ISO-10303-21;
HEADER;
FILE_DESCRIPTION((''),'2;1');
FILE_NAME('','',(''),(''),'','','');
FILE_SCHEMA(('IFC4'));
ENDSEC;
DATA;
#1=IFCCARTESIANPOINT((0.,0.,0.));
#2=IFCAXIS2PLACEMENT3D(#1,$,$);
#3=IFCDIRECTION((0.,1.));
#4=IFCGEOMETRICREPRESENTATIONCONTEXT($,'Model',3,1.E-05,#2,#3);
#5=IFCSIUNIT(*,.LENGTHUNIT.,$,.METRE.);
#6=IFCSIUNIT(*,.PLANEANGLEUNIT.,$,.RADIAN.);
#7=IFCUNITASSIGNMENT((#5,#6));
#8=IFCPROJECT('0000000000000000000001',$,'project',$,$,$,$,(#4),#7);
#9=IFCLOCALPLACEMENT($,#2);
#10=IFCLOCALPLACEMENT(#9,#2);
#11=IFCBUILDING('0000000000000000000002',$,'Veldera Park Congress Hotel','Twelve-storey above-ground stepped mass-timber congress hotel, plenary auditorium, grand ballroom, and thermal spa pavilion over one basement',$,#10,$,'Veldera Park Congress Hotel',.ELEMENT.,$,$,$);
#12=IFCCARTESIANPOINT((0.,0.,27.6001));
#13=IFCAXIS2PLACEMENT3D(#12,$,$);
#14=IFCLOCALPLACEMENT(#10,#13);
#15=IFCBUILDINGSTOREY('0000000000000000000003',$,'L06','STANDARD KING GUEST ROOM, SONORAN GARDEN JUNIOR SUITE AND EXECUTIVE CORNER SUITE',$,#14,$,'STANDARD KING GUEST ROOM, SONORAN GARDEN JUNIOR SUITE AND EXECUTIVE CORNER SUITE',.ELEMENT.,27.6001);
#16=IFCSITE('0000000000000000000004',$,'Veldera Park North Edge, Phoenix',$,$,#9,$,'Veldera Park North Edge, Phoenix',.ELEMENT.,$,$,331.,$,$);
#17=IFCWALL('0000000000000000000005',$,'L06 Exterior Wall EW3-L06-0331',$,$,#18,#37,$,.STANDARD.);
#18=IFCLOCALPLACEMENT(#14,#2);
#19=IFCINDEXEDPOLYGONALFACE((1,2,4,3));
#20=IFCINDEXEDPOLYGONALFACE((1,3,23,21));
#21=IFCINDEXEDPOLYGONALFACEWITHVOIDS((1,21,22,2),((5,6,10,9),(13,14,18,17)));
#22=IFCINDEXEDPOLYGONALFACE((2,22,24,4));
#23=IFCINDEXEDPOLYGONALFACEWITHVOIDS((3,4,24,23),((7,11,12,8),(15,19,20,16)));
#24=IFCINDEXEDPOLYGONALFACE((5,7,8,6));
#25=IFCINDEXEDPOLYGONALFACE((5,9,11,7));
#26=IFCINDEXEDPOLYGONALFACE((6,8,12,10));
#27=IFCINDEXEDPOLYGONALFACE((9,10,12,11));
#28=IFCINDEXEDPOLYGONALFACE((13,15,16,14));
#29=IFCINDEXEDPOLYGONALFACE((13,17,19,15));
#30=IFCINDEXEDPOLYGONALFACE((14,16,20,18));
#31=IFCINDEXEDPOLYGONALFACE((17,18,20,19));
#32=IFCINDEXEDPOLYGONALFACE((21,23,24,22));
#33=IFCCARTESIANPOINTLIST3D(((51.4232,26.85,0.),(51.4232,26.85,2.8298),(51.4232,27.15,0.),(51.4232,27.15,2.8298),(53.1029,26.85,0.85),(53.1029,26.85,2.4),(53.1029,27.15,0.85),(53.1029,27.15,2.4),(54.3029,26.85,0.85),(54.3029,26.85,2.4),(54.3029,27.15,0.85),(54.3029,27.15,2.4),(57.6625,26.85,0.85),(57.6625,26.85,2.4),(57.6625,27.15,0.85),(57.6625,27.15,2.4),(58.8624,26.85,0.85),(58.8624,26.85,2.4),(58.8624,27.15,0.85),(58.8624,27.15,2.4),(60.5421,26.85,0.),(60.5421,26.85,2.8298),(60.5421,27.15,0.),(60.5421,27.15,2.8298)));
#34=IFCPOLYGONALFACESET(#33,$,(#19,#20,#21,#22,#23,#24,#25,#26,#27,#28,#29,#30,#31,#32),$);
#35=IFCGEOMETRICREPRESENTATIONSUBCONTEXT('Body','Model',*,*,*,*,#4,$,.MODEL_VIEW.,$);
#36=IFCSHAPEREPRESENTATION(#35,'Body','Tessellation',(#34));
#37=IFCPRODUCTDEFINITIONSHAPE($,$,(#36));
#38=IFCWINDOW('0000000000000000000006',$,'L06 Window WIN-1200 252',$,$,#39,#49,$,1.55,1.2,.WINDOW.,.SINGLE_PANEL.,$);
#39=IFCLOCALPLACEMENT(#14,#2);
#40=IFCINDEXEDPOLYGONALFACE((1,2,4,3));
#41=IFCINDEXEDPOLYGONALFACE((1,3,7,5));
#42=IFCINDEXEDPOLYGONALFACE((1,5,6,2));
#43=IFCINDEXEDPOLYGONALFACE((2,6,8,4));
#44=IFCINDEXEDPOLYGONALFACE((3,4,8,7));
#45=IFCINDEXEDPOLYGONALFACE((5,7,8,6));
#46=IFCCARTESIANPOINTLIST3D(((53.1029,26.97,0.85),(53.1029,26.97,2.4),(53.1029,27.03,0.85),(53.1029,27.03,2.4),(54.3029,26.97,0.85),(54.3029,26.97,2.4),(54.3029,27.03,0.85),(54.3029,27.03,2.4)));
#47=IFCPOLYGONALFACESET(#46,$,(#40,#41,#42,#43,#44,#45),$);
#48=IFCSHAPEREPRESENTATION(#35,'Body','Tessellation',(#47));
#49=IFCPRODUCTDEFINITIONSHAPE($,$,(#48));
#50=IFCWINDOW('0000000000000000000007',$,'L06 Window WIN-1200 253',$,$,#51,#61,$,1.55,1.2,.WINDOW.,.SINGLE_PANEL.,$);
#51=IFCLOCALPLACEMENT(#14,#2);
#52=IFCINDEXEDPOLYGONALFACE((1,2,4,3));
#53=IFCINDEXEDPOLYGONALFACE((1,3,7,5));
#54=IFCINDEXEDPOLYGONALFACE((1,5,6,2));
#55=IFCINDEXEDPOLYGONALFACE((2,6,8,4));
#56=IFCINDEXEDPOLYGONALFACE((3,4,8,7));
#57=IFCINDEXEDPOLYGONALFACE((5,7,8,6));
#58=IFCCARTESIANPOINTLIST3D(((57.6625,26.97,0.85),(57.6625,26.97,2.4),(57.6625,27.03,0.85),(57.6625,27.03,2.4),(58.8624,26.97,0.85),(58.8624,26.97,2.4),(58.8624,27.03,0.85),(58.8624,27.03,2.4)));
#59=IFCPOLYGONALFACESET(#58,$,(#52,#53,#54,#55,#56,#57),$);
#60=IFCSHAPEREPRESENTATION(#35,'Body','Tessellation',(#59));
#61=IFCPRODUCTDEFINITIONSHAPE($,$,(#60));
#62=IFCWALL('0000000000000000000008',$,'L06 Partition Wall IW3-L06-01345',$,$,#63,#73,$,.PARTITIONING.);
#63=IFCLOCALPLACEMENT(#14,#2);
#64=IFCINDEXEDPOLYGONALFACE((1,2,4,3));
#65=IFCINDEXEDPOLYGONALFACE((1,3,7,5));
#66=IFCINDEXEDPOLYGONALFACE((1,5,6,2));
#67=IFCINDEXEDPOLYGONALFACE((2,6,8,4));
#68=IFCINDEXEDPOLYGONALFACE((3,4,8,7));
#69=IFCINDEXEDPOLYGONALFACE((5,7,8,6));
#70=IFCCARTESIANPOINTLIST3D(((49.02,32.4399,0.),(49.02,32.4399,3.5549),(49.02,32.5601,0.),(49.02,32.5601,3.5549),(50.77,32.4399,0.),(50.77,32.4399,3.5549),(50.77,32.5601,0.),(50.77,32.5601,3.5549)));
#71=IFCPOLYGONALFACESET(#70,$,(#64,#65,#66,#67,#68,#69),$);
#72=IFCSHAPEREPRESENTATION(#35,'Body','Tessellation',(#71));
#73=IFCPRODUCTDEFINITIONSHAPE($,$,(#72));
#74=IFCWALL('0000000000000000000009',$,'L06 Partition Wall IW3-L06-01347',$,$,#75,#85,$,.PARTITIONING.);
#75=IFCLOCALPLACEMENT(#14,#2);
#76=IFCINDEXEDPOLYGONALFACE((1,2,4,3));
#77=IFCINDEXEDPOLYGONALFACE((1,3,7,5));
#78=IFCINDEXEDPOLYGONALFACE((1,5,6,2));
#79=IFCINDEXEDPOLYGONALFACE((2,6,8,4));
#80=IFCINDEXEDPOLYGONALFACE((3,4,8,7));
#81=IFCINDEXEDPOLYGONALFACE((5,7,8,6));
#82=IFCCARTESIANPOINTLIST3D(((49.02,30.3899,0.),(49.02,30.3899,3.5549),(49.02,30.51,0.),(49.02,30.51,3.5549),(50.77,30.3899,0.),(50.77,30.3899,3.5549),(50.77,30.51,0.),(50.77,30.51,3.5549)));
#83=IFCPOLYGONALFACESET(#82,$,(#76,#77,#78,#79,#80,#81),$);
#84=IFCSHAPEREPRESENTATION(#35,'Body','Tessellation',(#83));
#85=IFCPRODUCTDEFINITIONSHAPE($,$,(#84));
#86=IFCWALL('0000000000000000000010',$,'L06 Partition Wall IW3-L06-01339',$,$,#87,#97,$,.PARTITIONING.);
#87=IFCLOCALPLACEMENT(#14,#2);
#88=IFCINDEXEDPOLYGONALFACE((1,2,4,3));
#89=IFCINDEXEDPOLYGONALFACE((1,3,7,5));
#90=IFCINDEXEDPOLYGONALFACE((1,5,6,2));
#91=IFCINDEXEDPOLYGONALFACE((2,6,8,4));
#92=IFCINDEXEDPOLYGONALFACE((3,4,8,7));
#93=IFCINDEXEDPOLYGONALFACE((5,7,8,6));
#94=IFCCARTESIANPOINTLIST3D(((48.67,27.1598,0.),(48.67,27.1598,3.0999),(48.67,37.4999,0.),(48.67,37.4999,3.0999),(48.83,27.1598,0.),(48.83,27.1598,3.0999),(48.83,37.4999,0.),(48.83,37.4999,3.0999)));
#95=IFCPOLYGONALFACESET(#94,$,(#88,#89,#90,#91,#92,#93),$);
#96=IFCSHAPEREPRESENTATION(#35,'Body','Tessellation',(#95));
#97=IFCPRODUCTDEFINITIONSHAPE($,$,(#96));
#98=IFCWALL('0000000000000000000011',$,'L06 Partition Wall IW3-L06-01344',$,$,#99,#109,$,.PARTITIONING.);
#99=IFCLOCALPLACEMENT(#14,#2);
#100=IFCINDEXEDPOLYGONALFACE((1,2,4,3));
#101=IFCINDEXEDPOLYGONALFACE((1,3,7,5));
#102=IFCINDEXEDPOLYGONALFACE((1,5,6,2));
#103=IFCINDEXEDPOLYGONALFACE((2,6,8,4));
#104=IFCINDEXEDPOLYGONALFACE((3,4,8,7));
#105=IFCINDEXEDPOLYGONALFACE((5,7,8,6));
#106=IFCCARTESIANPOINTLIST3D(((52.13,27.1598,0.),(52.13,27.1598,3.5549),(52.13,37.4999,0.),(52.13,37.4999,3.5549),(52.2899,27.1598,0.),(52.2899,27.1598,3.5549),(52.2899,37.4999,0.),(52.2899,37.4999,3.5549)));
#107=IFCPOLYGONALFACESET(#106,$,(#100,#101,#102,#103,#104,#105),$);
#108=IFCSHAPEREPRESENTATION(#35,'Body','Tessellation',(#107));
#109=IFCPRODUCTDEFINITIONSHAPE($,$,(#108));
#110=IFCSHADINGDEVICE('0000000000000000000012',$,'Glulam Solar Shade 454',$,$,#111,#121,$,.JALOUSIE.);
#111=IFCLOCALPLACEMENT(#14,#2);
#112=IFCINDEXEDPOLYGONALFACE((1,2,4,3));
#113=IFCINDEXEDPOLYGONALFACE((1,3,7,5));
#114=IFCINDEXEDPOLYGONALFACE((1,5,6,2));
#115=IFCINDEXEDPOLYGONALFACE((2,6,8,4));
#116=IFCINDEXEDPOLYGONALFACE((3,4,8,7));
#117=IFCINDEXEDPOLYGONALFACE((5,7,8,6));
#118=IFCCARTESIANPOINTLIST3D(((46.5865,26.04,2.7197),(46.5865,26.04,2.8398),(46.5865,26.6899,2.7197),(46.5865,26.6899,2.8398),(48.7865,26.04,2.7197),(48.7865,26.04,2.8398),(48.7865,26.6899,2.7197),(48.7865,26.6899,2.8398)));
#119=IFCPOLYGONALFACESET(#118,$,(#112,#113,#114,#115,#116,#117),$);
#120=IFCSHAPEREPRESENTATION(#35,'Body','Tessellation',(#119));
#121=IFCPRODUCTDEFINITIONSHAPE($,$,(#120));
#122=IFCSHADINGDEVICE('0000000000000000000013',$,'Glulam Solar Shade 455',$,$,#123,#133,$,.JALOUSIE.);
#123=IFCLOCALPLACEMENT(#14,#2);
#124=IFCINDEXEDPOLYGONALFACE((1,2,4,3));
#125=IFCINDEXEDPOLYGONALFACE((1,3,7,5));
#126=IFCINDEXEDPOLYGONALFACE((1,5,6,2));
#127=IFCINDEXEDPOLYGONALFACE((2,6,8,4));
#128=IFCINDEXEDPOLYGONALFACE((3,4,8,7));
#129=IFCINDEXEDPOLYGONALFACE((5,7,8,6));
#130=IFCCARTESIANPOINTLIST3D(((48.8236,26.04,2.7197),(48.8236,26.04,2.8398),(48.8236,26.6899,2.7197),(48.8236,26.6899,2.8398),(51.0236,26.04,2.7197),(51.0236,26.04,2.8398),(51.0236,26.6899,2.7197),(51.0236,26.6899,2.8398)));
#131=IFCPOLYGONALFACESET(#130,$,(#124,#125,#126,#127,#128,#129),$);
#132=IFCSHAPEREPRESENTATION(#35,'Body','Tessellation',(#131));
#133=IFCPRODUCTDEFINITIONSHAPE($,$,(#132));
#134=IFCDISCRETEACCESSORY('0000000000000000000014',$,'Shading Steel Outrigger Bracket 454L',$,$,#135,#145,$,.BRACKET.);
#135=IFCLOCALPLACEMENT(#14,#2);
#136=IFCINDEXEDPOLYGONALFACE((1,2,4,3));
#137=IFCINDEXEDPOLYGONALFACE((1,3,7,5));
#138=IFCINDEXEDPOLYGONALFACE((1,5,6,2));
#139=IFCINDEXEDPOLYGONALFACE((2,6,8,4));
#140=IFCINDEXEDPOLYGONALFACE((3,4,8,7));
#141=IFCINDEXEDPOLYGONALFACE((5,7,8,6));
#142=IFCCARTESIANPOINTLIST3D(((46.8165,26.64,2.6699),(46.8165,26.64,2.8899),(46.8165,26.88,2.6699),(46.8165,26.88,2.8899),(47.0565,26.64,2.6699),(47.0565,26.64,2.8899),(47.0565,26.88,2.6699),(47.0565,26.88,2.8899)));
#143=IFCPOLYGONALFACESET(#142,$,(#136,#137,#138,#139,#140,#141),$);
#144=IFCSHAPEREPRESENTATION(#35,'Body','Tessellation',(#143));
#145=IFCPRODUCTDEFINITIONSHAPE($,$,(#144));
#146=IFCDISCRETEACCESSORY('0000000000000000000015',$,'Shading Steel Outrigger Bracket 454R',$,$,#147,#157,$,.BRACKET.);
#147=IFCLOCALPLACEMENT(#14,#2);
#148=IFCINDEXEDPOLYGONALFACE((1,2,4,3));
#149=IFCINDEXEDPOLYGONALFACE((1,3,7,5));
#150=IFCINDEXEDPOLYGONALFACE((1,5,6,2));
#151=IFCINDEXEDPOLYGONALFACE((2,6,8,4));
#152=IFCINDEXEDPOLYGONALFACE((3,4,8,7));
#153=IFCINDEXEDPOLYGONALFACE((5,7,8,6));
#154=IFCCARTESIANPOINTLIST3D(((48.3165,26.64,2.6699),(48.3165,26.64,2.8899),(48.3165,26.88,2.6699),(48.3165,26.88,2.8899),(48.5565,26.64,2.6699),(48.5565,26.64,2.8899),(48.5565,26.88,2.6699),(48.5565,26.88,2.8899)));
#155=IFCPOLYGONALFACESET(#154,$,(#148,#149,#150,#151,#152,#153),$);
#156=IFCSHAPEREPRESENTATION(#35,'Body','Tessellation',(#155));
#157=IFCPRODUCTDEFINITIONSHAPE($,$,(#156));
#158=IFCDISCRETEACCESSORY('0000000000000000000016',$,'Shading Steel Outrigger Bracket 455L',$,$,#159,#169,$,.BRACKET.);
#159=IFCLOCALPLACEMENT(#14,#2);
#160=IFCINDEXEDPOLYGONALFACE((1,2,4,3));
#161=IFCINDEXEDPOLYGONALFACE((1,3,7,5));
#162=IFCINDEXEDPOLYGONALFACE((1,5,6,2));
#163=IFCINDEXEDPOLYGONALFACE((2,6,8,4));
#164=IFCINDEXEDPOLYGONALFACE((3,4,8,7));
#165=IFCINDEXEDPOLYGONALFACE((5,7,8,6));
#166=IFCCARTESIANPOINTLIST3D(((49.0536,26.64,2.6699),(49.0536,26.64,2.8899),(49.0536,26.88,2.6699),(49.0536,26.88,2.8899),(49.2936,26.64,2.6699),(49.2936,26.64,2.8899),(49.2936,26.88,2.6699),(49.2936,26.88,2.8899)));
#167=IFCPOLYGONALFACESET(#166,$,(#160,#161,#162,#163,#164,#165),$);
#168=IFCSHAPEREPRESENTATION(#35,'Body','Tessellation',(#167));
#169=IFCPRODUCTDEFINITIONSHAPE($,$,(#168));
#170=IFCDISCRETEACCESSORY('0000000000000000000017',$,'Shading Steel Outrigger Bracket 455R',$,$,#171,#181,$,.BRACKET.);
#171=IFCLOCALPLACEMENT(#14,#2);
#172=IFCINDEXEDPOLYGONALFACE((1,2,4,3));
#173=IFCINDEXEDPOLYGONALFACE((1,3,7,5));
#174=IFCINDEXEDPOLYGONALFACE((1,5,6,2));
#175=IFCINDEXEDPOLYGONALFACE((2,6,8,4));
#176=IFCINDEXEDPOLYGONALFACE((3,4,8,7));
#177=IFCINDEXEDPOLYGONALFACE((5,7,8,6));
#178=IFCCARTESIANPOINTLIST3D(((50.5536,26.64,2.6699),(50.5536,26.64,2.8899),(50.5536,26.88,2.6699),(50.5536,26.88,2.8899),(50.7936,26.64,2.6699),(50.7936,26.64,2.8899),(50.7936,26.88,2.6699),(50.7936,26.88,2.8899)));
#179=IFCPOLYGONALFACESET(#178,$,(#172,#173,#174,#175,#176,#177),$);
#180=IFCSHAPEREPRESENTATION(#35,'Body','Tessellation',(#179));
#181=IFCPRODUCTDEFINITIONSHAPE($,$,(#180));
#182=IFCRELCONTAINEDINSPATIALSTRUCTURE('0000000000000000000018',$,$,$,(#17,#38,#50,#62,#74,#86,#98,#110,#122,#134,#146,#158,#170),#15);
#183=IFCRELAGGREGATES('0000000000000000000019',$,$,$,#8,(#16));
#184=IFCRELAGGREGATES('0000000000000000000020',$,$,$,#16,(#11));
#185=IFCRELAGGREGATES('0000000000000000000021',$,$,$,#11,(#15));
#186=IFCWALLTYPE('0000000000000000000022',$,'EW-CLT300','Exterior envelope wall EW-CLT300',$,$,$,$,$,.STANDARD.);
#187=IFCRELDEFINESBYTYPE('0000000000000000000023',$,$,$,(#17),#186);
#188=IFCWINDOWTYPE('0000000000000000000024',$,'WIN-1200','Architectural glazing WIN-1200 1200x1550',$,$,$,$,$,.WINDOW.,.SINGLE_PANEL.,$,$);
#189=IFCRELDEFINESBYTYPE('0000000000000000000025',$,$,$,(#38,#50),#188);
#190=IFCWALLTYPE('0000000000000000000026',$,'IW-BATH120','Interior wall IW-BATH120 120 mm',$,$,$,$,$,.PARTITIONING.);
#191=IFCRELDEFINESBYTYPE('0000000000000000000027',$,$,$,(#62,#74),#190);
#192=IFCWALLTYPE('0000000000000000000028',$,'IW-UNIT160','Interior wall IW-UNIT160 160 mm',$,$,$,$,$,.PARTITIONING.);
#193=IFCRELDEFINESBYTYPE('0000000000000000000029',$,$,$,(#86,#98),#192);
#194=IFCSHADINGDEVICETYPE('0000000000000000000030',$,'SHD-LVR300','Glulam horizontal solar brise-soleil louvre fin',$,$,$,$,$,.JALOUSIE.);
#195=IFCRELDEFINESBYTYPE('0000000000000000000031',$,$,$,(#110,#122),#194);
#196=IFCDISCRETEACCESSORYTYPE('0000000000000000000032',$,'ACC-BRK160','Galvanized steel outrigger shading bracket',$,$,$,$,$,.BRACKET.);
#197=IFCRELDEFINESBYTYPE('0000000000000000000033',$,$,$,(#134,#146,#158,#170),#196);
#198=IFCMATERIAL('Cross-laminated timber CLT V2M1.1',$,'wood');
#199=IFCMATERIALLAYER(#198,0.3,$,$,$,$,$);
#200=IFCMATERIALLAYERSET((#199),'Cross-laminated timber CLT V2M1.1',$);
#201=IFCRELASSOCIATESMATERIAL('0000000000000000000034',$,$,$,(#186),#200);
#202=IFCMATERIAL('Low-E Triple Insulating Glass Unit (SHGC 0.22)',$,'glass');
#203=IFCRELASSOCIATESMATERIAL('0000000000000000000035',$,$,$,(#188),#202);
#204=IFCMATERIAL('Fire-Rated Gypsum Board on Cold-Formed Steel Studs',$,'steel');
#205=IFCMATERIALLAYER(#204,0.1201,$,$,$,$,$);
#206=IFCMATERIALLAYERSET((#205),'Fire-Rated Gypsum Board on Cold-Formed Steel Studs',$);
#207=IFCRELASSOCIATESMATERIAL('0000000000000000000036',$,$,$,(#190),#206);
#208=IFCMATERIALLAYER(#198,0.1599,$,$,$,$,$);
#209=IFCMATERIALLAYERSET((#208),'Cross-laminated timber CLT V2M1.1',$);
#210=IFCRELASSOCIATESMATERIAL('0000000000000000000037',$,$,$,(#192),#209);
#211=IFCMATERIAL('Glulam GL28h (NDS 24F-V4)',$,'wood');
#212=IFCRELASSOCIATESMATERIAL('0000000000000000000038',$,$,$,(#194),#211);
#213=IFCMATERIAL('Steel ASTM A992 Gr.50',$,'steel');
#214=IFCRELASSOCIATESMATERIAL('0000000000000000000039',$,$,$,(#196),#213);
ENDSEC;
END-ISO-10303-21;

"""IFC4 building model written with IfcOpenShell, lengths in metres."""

from ifc_helpers import new_model, si_unit, direction, frame, frame_2d, origin, origin_2d, place, context, subcontext, project, spatial, rectangle, extrude, material, layer, layer_set, type_object, element, fill, save


model = new_model("IFC4")

# Units and contexts
model_context = context("Model", 3, precision=1e-05, world=origin(), true_north=direction((0.0, 1.0)))
body_context = subcontext(model_context, "Body", "Model", "MODEL_VIEW")
ifc_project = project(units=[si_unit("LENGTHUNIT", "METRE"), si_unit("PLANEANGLEUNIT", "RADIAN")], contexts=[model_context])

# Site, building, storey
site_placement = place(None, origin())
site = spatial("IfcSite", under=ifc_project, at=site_placement, Name="Veldera Park North Edge, Phoenix", LongName="Veldera Park North Edge, Phoenix", CompositionType="ELEMENT", RefElevation=331.0)
building_placement = place(site_placement, origin())
building = spatial("IfcBuilding", under=site, at=building_placement, Name="Veldera Park Congress Hotel", Description="Twelve-storey above-ground stepped mass-timber congress hotel, plenary auditorium, grand ballroom, and thermal spa pavilion over one basement", LongName="Veldera Park Congress Hotel", CompositionType="ELEMENT")
storey_placement = place(building_placement, frame((0.0, 0.0, 27.6001)))
storey = spatial("IfcBuildingStorey", under=building, at=storey_placement, Name="L06", Description="STANDARD KING GUEST ROOM, SONORAN GARDEN JUNIOR SUITE AND EXECUTIVE CORNER SUITE", LongName="STANDARD KING GUEST ROOM, SONORAN GARDEN JUNIOR SUITE AND EXECUTIVE CORNER SUITE", CompositionType="ELEMENT", Elevation=27.6001)

# Shared definitions
ifc_material_1 = material(Name="Glulam GL28h (NDS 24F-V4)", Category="wood")

# Wall, openings, windows
ifc_material_2 = material(Name="Cross-laminated timber CLT V2M1.1", Category="wood")
ifc_layer_1 = layer(ifc_material_2, 0.3)
ifc_layer_set_1 = layer_set([ifc_layer_1], Name="Cross-laminated timber CLT V2M1.1")
wall_type_1 = type_object("IfcWallType", Name="EW-CLT300", Description="Exterior envelope wall EW-CLT300", PredefinedType="STANDARD", material=ifc_layer_set_1)
ifc_material_3 = material(Name="Low-E Triple Insulating Glass Unit (SHGC 0.22)", Category="glass")
wall_1_placement = place(storey_placement, frame((51.4231, 27.0, 0.0), z_axis=(0.0, 0.0, 1.0), x_axis=(1.0, 0.0, 0.0)))
wall_1 = element("IfcWall", 1, at=wall_1_placement, inside=storey, type_object=wall_type_1, Name="L06 Exterior Wall EW3-L06-0331", PredefinedType="STANDARD", context=body_context, shape_type="SweptSolid", body=[
    extrude(rectangle(XDim=9.1189, YDim=0.3, at=frame_2d((4.5596, 0.0))), origin(), (0.0, 0.0, 1.0), 2.8298),
])
opening_1_placement = place(wall_1_placement, frame((1.6797, 0.0, 0.8501)))
opening_1 = element("IfcOpeningElement", 2, at=opening_1_placement, cuts=wall_1, PredefinedType="OPENING", context=body_context, shape_type="SweptSolid", body=[
    extrude(rectangle(XDim=1.2, YDim=1.55, at=frame_2d((0.6001, 0.7749))), frame((0.0, 0.1621, 0.0), z_axis=(0.0, -1.0, 0.0), x_axis=(1.0, 0.0, 0.0)), (0.0, 0.0, 1.0), 0.324),
])
opening_2_placement = place(wall_1_placement, frame((6.2393, 0.0, 0.8501)))
opening_2 = element("IfcOpeningElement", 3, at=opening_2_placement, cuts=wall_1, PredefinedType="OPENING", context=body_context, shape_type="SweptSolid", body=[
    extrude(rectangle(XDim=1.2, YDim=1.55, at=frame_2d((0.6001, 0.7749))), frame((0.0, 0.1621, 0.0), z_axis=(0.0, -1.0, 0.0), x_axis=(1.0, 0.0, 0.0)), (0.0, 0.0, 1.0), 0.324),
])
window_type_1 = type_object("IfcWindowType", Name="WIN-1200", Description="Architectural glazing WIN-1200 1200x1550", PartitioningType="SINGLE_PANEL", PredefinedType="WINDOW", material=ifc_material_3)
window_1_placement = place(opening_1_placement, origin())
window_1 = element("IfcWindow", 4, at=window_1_placement, inside=storey, type_object=window_type_1, Name="L06 Window WIN-1200 252", OverallHeight=1.55, OverallWidth=1.2, PartitioningType="SINGLE_PANEL", PredefinedType="WINDOW", context=body_context, shape_type="SweptSolid", body=[
    extrude(rectangle(XDim=1.2, YDim=1.55, at=frame_2d((0.6001, 0.7749))), frame((0.0, 0.03, 0.0), z_axis=(0.0, -1.0, 0.0), x_axis=(1.0, 0.0, 0.0)), (0.0, 0.0, 1.0), 0.0601),
])
fill(opening_1, window_1)
window_2_placement = place(opening_2_placement, origin())
window_2 = element("IfcWindow", 5, at=window_2_placement, inside=storey, type_object=window_type_1, Name="L06 Window WIN-1200 253", OverallHeight=1.55, OverallWidth=1.2, PartitioningType="SINGLE_PANEL", PredefinedType="WINDOW", context=body_context, shape_type="SweptSolid", body=[
    extrude(rectangle(XDim=1.2, YDim=1.55, at=frame_2d((0.6001, 0.7749))), frame((0.0, 0.03, 0.0), z_axis=(0.0, -1.0, 0.0), x_axis=(1.0, 0.0, 0.0)), (0.0, 0.0, 1.0), 0.0601),
])
fill(opening_2, window_2)

# Shared definitions
ifc_material_4 = material(Name="Fire-Rated Gypsum Board on Cold-Formed Steel Studs", Category="steel")
ifc_layer_2 = layer(ifc_material_4, 0.1201)
ifc_layer_set_2 = layer_set([ifc_layer_2], Name="Fire-Rated Gypsum Board on Cold-Formed Steel Studs")
wall_type_2 = type_object("IfcWallType", Name="IW-BATH120", Description="Interior wall IW-BATH120 120 mm", PredefinedType="PARTITIONING", material=ifc_layer_set_2)

# Wall
wall_2_placement = place(storey_placement, frame((49.02, 32.5, 0.0), z_axis=(0.0, 0.0, 1.0), x_axis=(1.0, 0.0, 0.0)))
element("IfcWall", 6, at=wall_2_placement, inside=storey, type_object=wall_type_2, Name="L06 Partition Wall IW3-L06-01345", PredefinedType="PARTITIONING", context=body_context, shape_type="SweptSolid", body=[
    extrude(rectangle(XDim=1.75, YDim=0.1201, at=frame_2d((0.875, 0.0))), origin(), (0.0, 0.0, 1.0), 3.5549),
])

# Walls
wall_3_placement = place(storey_placement, frame((49.02, 30.45, 0.0), z_axis=(0.0, 0.0, 1.0), x_axis=(1.0, 0.0, 0.0)))
element("IfcWall", 7, at=wall_3_placement, inside=storey, type_object=wall_type_2, Name="L06 Partition Wall IW3-L06-01347", PredefinedType="PARTITIONING", context=body_context, shape_type="SweptSolid", body=[
    extrude(rectangle(XDim=1.75, YDim=0.1201, at=frame_2d((0.875, 0.0))), origin(), (0.0, 0.0, 1.0), 3.5549),
])
ifc_layer_3 = layer(ifc_material_2, 0.1599)
ifc_layer_set_3 = layer_set([ifc_layer_3], Name="Cross-laminated timber CLT V2M1.1")
wall_type_3 = type_object("IfcWallType", Name="IW-UNIT160", Description="Interior wall IW-UNIT160 160 mm", PredefinedType="PARTITIONING", material=ifc_layer_set_3)
wall_4_placement = place(storey_placement, frame((48.75, 27.1599, 0.0), z_axis=(0.0, 0.0, 1.0), x_axis=(0.0, 1.0, 0.0)))
element("IfcWall", 8, at=wall_4_placement, inside=storey, type_object=wall_type_3, Name="L06 Partition Wall IW3-L06-01339", PredefinedType="PARTITIONING", context=body_context, shape_type="SweptSolid", body=[
    extrude(rectangle(XDim=10.3401, YDim=0.1599, at=frame_2d((5.1699, 0.0))), origin(), (0.0, 0.0, 1.0), 3.0999),
])
wall_5_placement = place(storey_placement, frame((52.21, 27.1599, 0.0), z_axis=(0.0, 0.0, 1.0), x_axis=(0.0, 1.0, 0.0)))
element("IfcWall", 9, at=wall_5_placement, inside=storey, type_object=wall_type_3, Name="L06 Partition Wall IW3-L06-01344", PredefinedType="PARTITIONING", context=body_context, shape_type="SweptSolid", body=[
    extrude(rectangle(XDim=10.3401, YDim=0.1599, at=frame_2d((5.1699, 0.0))), origin(), (0.0, 0.0, 1.0), 3.5549),
])

# Shading devices
shading_device_type = type_object("IfcShadingDeviceType", Name="SHD-LVR300", Description="Glulam horizontal solar brise-soleil louvre fin", PredefinedType="JALOUSIE", material=ifc_material_1)
for number, where, z_axis, x_axis, name in (
    (10, (47.6865, 26.365, 2.7197), (0.0, 0.0, 1.0), (1.0, 0.0, 0.0), "Glulam Solar Shade 454"),
    (11, (49.9236, 26.365, 2.7197), (0.0, 0.0, 1.0), (1.0, 0.0, 0.0), "Glulam Solar Shade 455"),
):
    element("IfcShadingDevice", number, at=place(storey_placement, frame(where, z_axis=z_axis, x_axis=x_axis)), inside=storey, type_object=shading_device_type, Name=name, PredefinedType="JALOUSIE", context=body_context, shape_type="SweptSolid", body=[
        extrude(rectangle(XDim=2.2, YDim=0.6499, at=origin_2d()), origin(), (0.0, 0.0, 1.0), 0.1201),
    ])

# Discrete accessories
ifc_material_5 = material(Name="Steel ASTM A992 Gr.50", Category="steel")
discrete_accessory_type = type_object("IfcDiscreteAccessoryType", Name="ACC-BRK160", Description="Galvanized steel outrigger shading bracket", PredefinedType="BRACKET", material=ifc_material_5)
for number, where, z_axis, x_axis, name in (
    (12, (46.9365, 26.76, 2.6699), (0.0, 0.0, 1.0), (1.0, 0.0, 0.0), "Shading Steel Outrigger Bracket 454L"),
    (13, (48.4365, 26.76, 2.6699), (0.0, 0.0, 1.0), (1.0, 0.0, 0.0), "Shading Steel Outrigger Bracket 454R"),
    (14, (49.1736, 26.76, 2.6699), (0.0, 0.0, 1.0), (1.0, 0.0, 0.0), "Shading Steel Outrigger Bracket 455L"),
    (15, (50.6736, 26.76, 2.6699), (0.0, 0.0, 1.0), (1.0, 0.0, 0.0), "Shading Steel Outrigger Bracket 455R"),
):
    element("IfcDiscreteAccessory", number, at=place(storey_placement, frame(where, z_axis=z_axis, x_axis=x_axis)), inside=storey, type_object=discrete_accessory_type, Name=name, PredefinedType="BRACKET", context=body_context, shape_type="SweptSolid", body=[
        extrude(rectangle(XDim=0.24, YDim=0.24, at=origin_2d()), origin(), (0.0, 0.0, 1.0), 0.22),
    ])

save(model, "model.ifc")
